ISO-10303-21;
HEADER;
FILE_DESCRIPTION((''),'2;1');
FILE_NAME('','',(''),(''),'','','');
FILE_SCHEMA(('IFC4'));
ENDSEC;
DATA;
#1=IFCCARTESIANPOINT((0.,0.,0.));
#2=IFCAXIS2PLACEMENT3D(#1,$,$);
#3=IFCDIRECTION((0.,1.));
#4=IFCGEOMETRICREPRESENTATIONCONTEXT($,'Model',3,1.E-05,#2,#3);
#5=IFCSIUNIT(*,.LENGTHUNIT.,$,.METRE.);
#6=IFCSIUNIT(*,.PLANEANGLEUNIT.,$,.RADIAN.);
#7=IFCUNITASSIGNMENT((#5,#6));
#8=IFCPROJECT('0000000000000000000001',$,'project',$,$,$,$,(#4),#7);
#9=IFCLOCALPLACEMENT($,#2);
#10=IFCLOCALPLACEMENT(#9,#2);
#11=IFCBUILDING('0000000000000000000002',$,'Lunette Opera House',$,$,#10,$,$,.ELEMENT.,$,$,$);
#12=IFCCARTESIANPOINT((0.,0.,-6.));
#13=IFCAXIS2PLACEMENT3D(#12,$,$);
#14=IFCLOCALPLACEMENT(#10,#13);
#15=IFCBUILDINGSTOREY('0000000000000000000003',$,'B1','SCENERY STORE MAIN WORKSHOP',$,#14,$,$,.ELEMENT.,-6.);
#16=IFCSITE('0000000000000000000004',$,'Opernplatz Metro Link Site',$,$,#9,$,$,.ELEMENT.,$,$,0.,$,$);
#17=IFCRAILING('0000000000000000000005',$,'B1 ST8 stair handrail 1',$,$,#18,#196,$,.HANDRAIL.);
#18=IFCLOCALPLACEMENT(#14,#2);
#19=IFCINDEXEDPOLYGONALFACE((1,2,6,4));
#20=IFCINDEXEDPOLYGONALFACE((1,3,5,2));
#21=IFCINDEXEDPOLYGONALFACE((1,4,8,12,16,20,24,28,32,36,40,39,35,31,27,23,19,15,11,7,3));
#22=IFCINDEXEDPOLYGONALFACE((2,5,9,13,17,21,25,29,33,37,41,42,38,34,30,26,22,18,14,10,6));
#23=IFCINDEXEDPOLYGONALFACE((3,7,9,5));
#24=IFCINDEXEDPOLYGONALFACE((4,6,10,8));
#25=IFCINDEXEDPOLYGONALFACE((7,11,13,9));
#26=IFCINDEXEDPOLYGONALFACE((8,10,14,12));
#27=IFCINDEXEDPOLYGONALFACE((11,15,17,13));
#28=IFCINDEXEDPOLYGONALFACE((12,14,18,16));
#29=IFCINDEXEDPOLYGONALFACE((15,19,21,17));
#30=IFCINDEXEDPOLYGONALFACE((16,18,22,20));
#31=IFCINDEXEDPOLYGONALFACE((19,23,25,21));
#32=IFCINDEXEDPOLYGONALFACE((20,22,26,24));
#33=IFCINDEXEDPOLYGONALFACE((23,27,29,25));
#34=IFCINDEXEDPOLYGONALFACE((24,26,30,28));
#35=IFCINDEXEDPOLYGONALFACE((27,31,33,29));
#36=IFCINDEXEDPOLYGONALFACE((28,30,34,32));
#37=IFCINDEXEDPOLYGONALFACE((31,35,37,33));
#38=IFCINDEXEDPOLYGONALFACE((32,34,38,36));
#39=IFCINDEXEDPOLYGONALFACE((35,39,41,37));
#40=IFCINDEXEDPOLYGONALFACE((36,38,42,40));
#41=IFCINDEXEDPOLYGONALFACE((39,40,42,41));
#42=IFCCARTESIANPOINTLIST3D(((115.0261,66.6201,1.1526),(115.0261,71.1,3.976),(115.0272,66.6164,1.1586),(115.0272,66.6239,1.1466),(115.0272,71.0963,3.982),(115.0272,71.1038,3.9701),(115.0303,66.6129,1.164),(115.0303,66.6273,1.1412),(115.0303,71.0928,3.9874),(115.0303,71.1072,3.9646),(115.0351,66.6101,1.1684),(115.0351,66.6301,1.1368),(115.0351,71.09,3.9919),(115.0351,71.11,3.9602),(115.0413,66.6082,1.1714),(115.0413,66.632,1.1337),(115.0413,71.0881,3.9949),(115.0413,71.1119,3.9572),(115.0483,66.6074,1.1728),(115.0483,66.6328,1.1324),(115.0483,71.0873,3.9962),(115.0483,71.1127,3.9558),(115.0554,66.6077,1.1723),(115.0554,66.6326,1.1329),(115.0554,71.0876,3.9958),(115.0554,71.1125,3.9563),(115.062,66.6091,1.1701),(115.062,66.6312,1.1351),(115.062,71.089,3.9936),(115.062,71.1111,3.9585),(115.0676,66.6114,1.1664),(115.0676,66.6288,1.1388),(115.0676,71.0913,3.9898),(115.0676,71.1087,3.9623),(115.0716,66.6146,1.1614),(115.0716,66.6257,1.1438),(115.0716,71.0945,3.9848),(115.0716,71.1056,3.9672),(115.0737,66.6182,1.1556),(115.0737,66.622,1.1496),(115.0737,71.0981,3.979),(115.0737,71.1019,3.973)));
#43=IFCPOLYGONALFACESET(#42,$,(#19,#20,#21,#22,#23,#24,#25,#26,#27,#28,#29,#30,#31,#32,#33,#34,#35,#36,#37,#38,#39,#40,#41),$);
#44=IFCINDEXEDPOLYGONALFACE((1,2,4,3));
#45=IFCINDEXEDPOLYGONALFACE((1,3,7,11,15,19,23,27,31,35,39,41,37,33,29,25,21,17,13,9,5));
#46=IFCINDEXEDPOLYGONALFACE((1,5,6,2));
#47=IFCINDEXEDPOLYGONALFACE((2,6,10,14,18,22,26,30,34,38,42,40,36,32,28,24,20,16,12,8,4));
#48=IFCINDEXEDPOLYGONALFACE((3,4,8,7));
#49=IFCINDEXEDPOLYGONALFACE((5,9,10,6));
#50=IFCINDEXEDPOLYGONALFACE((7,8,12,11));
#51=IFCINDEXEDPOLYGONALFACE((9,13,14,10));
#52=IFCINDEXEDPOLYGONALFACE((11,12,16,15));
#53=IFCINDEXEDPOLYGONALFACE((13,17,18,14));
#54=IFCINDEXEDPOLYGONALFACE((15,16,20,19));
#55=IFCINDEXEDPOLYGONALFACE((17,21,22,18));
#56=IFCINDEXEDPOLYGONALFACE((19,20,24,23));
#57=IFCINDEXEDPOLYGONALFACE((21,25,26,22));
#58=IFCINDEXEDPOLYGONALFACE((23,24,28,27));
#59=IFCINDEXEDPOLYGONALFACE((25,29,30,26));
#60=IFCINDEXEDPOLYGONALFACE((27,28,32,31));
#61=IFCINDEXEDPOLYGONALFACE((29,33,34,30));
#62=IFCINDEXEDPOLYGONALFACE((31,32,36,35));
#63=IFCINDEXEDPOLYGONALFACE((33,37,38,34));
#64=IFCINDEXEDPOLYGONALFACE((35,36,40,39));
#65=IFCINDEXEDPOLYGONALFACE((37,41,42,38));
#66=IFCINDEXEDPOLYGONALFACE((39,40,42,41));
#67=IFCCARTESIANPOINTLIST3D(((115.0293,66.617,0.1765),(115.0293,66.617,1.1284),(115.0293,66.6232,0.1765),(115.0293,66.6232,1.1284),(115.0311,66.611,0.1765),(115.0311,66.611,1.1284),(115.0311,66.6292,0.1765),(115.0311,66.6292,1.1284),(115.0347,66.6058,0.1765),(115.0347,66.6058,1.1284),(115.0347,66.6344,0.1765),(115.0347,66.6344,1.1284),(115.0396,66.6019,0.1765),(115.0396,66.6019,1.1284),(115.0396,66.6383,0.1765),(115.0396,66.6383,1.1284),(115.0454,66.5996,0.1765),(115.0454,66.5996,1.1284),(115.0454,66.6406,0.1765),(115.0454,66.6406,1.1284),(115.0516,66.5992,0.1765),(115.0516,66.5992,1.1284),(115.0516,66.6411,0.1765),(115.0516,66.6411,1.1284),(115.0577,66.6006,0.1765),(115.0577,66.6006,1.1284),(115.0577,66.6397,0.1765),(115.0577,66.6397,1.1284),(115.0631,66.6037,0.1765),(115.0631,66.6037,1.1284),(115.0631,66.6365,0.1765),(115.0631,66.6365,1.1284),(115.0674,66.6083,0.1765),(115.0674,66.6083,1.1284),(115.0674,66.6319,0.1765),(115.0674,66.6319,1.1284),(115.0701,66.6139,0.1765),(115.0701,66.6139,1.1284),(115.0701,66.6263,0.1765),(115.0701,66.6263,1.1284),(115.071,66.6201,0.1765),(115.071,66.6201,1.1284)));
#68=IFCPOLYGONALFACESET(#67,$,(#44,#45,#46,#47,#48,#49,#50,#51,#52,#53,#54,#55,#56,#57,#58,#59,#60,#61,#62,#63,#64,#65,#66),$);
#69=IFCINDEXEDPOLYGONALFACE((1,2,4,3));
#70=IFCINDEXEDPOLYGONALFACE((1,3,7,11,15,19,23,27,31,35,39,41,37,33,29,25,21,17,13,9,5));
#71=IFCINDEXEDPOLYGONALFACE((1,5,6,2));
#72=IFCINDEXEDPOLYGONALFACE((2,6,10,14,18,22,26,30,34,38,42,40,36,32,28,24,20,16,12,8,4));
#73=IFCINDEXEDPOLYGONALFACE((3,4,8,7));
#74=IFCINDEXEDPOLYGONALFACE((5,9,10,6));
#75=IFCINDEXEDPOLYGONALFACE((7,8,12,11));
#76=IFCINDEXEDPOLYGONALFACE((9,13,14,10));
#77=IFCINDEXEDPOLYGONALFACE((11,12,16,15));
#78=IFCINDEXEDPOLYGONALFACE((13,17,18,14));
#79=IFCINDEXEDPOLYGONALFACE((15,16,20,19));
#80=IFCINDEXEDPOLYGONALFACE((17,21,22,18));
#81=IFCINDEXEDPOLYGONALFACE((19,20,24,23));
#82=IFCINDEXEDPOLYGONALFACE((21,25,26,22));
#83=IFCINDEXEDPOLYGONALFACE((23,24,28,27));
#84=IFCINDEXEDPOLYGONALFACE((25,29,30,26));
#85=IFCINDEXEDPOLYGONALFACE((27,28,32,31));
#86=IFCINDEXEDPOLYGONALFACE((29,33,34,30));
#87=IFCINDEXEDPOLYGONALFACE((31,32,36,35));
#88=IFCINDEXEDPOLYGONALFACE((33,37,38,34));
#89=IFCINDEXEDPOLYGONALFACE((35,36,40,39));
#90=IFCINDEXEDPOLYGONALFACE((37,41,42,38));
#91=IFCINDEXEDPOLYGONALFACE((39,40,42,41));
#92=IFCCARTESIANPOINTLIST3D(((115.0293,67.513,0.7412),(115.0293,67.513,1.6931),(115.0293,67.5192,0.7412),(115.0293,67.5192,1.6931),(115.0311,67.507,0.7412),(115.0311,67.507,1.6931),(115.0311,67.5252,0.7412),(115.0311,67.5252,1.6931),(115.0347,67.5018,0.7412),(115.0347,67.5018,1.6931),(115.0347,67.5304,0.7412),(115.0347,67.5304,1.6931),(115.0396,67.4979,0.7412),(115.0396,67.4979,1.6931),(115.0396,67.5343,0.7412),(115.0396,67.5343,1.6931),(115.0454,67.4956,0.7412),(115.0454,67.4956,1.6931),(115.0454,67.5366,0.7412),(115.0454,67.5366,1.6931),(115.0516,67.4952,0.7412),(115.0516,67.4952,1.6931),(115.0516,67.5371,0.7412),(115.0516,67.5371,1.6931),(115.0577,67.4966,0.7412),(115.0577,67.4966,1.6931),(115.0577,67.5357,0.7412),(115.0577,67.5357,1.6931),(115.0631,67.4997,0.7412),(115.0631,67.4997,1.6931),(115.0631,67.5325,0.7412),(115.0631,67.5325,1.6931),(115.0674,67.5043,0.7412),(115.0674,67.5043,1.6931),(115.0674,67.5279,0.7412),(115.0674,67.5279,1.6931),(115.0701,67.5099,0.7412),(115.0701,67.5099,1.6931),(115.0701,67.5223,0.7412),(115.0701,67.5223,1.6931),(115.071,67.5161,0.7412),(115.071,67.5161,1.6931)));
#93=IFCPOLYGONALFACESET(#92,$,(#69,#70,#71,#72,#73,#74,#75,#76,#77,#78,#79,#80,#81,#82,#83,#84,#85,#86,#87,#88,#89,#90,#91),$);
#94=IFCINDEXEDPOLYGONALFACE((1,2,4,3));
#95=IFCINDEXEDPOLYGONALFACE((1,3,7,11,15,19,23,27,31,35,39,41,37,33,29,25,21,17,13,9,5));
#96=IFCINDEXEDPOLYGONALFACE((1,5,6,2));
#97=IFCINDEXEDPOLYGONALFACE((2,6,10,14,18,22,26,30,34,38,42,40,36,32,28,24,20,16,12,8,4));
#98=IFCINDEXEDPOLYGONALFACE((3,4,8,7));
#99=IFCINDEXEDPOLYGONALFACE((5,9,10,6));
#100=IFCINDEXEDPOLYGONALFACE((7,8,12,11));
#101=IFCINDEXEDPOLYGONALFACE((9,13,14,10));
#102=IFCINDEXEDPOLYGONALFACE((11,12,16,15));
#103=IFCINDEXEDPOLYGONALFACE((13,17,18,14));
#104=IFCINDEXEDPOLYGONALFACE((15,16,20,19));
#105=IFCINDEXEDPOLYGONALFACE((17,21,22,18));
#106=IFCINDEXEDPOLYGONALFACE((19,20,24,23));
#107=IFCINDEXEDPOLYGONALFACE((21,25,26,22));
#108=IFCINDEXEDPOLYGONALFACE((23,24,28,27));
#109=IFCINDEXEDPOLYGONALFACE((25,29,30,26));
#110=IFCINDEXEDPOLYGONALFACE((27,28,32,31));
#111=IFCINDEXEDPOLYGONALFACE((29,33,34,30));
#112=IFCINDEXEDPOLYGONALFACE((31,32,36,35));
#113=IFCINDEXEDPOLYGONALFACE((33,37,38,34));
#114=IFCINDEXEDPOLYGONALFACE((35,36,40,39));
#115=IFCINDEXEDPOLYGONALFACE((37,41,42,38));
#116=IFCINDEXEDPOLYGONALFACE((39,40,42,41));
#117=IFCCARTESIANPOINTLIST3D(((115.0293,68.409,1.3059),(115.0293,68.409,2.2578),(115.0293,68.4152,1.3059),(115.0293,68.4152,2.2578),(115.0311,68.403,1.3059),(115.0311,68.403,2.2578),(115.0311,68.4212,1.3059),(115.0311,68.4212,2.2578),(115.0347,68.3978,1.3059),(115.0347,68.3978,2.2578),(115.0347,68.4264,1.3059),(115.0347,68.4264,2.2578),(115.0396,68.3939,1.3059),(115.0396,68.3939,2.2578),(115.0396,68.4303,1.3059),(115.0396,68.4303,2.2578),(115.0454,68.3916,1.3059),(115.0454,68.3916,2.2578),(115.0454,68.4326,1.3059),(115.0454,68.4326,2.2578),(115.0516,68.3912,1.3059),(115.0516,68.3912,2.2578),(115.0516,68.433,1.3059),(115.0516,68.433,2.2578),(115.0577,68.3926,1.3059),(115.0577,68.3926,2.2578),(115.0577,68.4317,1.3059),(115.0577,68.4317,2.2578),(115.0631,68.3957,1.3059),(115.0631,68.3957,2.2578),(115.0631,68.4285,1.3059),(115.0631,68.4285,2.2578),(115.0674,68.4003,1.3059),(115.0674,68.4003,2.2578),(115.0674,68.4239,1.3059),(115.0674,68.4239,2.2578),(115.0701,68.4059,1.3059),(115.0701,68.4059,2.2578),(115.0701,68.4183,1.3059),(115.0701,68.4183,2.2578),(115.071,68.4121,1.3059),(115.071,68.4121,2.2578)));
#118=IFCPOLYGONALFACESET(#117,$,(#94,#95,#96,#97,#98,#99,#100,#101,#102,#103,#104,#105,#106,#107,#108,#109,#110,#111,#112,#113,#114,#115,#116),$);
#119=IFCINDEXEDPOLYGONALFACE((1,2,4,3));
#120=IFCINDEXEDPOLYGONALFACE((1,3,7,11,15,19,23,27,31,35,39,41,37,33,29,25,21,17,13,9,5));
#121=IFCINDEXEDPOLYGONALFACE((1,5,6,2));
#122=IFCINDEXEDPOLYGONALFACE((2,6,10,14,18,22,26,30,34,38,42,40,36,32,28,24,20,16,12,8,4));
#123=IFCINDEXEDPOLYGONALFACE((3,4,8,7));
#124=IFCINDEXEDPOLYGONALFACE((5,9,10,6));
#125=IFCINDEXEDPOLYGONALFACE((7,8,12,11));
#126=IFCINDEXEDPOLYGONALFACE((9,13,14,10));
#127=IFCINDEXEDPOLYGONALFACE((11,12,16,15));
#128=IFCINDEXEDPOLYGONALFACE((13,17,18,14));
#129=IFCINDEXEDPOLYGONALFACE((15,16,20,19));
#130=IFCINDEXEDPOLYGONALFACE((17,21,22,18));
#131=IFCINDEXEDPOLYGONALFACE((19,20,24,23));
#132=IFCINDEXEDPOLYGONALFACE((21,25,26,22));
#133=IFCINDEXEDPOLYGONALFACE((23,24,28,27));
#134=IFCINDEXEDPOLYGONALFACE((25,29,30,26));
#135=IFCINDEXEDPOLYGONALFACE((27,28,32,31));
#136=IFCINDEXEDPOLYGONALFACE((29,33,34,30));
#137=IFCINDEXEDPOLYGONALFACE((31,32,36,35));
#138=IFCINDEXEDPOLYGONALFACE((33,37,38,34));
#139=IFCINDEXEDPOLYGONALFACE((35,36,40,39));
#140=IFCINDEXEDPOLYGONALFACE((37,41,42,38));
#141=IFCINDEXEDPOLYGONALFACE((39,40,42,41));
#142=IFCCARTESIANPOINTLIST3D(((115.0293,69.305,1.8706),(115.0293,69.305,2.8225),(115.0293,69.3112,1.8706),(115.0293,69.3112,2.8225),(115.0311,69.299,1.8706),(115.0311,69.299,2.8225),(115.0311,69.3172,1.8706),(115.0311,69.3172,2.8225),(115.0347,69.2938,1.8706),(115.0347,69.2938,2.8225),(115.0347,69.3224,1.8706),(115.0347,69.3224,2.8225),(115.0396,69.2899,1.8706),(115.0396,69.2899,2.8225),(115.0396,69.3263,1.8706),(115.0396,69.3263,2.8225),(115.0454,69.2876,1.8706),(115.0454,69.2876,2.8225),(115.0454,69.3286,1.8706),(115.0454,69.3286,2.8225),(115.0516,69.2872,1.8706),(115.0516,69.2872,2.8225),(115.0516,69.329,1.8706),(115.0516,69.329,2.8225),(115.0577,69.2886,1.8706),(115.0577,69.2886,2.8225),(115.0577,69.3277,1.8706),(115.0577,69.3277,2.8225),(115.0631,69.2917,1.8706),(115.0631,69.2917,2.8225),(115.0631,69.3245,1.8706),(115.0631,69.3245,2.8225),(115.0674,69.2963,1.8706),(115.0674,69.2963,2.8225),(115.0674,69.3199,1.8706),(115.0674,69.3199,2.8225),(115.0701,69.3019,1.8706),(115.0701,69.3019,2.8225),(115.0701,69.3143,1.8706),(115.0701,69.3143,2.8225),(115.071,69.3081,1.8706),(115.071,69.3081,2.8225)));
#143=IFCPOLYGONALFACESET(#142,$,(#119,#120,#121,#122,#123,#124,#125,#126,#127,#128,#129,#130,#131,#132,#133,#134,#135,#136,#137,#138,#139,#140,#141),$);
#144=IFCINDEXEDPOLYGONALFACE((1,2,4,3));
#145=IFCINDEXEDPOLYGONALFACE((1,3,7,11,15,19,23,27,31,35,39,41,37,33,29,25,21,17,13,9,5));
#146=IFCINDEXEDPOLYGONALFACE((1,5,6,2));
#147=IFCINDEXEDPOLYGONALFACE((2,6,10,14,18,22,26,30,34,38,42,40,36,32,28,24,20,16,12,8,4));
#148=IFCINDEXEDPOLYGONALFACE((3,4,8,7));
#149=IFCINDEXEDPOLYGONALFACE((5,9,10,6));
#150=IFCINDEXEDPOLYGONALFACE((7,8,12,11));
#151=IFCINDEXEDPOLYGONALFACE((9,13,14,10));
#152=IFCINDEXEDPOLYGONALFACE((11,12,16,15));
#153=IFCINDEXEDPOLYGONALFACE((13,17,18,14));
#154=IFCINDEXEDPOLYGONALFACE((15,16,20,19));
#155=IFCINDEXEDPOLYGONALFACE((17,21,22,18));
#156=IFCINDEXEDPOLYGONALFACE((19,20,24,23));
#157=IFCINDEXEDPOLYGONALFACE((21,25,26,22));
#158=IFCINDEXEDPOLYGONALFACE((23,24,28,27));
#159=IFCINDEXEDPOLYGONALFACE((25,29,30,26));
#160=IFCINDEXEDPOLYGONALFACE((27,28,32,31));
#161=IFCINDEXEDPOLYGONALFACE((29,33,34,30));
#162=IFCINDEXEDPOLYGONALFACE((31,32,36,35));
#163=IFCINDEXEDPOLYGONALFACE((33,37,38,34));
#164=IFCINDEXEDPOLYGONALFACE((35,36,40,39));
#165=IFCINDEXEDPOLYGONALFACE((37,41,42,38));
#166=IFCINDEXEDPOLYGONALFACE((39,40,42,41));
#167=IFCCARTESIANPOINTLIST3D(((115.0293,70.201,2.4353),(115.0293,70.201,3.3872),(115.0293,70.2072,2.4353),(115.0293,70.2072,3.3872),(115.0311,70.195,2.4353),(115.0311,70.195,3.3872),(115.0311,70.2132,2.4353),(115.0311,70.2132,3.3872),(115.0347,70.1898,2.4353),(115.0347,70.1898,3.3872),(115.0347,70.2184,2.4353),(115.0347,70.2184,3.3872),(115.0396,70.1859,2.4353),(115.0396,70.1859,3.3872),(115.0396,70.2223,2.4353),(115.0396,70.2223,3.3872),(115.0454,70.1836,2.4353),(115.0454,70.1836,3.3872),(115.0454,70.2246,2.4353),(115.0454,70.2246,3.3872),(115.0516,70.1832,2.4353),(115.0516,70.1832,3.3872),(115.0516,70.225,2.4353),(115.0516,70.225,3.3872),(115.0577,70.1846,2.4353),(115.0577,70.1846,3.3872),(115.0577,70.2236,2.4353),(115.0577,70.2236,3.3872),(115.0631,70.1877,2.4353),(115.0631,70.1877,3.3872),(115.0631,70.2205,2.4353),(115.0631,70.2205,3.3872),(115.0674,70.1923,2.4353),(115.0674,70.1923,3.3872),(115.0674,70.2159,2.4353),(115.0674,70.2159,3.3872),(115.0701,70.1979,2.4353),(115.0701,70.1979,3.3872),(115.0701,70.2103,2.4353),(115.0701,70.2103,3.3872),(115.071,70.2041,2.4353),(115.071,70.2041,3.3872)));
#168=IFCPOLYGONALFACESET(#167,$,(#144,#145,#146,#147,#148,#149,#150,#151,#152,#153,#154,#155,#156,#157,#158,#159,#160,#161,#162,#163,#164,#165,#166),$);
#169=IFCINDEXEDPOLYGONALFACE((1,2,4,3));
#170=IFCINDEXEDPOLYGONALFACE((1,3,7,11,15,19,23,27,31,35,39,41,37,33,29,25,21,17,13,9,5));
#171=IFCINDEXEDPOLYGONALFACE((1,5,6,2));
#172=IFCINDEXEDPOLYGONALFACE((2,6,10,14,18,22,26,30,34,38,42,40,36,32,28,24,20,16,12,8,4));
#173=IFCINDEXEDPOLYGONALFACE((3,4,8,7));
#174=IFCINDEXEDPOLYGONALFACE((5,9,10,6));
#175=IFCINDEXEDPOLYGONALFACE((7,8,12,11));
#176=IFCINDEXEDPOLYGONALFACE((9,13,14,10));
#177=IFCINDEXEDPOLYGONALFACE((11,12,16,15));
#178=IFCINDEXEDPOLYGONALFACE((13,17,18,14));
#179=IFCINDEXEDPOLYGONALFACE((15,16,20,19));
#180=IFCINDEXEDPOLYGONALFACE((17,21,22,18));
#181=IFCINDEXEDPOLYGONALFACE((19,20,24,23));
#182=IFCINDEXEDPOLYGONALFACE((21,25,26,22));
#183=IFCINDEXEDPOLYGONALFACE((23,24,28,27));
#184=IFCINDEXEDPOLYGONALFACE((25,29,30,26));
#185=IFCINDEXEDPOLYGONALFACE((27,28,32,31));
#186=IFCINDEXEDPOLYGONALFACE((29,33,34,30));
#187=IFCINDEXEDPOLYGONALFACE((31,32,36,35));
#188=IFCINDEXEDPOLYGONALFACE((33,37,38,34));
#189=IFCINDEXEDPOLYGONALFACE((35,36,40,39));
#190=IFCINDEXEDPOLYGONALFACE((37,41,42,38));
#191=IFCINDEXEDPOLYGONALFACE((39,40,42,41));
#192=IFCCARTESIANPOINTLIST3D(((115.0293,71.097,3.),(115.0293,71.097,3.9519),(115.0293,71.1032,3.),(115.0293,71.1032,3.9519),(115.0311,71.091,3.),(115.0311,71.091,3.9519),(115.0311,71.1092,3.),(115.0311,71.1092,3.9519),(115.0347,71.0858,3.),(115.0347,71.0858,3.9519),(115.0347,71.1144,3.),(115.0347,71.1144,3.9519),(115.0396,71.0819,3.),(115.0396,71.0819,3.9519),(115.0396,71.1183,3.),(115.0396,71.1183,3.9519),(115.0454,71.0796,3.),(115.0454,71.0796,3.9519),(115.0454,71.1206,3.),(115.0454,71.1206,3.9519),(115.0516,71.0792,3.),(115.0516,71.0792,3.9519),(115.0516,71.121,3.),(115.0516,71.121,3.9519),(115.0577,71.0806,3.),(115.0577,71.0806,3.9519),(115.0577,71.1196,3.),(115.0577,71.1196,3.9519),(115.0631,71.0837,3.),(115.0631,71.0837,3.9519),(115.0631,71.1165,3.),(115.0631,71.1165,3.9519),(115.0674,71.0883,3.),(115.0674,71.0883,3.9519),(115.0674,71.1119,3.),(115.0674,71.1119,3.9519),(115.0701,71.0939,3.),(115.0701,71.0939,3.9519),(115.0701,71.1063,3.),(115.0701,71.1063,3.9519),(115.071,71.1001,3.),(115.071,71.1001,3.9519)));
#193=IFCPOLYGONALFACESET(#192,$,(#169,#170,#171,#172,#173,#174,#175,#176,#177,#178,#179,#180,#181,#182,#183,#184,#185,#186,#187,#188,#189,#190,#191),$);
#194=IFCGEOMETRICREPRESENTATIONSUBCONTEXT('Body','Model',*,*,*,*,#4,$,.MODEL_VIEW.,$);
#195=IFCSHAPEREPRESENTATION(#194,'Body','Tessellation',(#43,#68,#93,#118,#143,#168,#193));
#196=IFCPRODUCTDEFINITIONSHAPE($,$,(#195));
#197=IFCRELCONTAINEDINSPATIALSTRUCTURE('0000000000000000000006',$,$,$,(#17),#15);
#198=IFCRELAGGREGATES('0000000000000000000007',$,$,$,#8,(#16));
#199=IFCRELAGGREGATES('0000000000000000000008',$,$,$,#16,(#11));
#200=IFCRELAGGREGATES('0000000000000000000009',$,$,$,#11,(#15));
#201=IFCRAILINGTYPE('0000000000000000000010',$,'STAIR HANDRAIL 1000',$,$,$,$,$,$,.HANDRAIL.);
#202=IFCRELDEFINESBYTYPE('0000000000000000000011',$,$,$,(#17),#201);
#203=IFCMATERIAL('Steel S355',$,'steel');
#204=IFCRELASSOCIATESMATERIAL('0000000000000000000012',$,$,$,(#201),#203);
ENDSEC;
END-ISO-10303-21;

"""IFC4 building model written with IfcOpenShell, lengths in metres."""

from ifc_helpers import new_model, si_unit, direction, frame, origin, origin_2d, place, context, subcontext, project, spatial, circle, extrude, material, type_object, element, save


model = new_model("IFC4")

# Units and contexts
model_context = context("Model", 3, precision=1e-05, world=origin(), true_north=direction((0.0, 1.0)))
body_context = subcontext(model_context, "Body", "Model", "MODEL_VIEW")
ifc_project = project(units=[si_unit("LENGTHUNIT", "METRE"), si_unit("PLANEANGLEUNIT", "RADIAN")], contexts=[model_context])

# Site, building, storey
site_placement = place(None, origin())
site = spatial("IfcSite", under=ifc_project, at=site_placement, Name="Opernplatz Metro Link Site", CompositionType="ELEMENT", RefElevation=0.0)
building_placement = place(site_placement, origin())
building = spatial("IfcBuilding", under=site, at=building_placement, Name="Lunette Opera House", CompositionType="ELEMENT")
storey_placement = place(building_placement, frame((0.0, 0.0, -6.0)))
storey = spatial("IfcBuildingStorey", under=building, at=storey_placement, Name="B1", Description="SCENERY STORE MAIN WORKSHOP", CompositionType="ELEMENT", Elevation=-6.0)

# Railing
ifc_material_1 = material(Name="Steel S355", Category="steel")
railing_type_1 = type_object("IfcRailingType", Name="STAIR HANDRAIL 1000", PredefinedType="HANDRAIL", material=ifc_material_1)
railing_1_placement = place(storey_placement, frame((115.05, 66.6201, 0.1765)))
element("IfcRailing", 1, at=railing_1_placement, inside=storey, type_object=railing_type_1, Name="B1 ST8 stair handrail 1", PredefinedType="HANDRAIL", context=body_context, shape_type="SweptSolid", body=[
    extrude(circle(Radius=0.0239, at=origin_2d()), frame((0.0, 0.0, 0.9761), z_axis=(0.0, 0.845998, 0.533186), x_axis=(-1.0, 0.0, 0.0)), (0.0, 0.0, 1.0), 5.2954),
    extrude(circle(Radius=0.021, at=origin_2d()), origin(), (0.0, 0.0, 1.0), 0.9519),
    extrude(circle(Radius=0.021, at=origin_2d()), frame((0.0, 0.896, 0.5647)), (0.0, 0.0, 1.0), 0.9519),
    extrude(circle(Radius=0.021, at=origin_2d()), frame((0.0, 1.792, 1.1294)), (0.0, 0.0, 1.0), 0.9519),
    extrude(circle(Radius=0.021, at=origin_2d()), frame((0.0, 2.688, 1.6941)), (0.0, 0.0, 1.0), 0.9519),
    extrude(circle(Radius=0.021, at=origin_2d()), frame((0.0, 3.584, 2.2588)), (0.0, 0.0, 1.0), 0.9519),
    extrude(circle(Radius=0.021, at=origin_2d()), frame((0.0, 4.48, 2.8235)), (0.0, 0.0, 1.0), 0.9519),
])

save(model, "model.ifc")
